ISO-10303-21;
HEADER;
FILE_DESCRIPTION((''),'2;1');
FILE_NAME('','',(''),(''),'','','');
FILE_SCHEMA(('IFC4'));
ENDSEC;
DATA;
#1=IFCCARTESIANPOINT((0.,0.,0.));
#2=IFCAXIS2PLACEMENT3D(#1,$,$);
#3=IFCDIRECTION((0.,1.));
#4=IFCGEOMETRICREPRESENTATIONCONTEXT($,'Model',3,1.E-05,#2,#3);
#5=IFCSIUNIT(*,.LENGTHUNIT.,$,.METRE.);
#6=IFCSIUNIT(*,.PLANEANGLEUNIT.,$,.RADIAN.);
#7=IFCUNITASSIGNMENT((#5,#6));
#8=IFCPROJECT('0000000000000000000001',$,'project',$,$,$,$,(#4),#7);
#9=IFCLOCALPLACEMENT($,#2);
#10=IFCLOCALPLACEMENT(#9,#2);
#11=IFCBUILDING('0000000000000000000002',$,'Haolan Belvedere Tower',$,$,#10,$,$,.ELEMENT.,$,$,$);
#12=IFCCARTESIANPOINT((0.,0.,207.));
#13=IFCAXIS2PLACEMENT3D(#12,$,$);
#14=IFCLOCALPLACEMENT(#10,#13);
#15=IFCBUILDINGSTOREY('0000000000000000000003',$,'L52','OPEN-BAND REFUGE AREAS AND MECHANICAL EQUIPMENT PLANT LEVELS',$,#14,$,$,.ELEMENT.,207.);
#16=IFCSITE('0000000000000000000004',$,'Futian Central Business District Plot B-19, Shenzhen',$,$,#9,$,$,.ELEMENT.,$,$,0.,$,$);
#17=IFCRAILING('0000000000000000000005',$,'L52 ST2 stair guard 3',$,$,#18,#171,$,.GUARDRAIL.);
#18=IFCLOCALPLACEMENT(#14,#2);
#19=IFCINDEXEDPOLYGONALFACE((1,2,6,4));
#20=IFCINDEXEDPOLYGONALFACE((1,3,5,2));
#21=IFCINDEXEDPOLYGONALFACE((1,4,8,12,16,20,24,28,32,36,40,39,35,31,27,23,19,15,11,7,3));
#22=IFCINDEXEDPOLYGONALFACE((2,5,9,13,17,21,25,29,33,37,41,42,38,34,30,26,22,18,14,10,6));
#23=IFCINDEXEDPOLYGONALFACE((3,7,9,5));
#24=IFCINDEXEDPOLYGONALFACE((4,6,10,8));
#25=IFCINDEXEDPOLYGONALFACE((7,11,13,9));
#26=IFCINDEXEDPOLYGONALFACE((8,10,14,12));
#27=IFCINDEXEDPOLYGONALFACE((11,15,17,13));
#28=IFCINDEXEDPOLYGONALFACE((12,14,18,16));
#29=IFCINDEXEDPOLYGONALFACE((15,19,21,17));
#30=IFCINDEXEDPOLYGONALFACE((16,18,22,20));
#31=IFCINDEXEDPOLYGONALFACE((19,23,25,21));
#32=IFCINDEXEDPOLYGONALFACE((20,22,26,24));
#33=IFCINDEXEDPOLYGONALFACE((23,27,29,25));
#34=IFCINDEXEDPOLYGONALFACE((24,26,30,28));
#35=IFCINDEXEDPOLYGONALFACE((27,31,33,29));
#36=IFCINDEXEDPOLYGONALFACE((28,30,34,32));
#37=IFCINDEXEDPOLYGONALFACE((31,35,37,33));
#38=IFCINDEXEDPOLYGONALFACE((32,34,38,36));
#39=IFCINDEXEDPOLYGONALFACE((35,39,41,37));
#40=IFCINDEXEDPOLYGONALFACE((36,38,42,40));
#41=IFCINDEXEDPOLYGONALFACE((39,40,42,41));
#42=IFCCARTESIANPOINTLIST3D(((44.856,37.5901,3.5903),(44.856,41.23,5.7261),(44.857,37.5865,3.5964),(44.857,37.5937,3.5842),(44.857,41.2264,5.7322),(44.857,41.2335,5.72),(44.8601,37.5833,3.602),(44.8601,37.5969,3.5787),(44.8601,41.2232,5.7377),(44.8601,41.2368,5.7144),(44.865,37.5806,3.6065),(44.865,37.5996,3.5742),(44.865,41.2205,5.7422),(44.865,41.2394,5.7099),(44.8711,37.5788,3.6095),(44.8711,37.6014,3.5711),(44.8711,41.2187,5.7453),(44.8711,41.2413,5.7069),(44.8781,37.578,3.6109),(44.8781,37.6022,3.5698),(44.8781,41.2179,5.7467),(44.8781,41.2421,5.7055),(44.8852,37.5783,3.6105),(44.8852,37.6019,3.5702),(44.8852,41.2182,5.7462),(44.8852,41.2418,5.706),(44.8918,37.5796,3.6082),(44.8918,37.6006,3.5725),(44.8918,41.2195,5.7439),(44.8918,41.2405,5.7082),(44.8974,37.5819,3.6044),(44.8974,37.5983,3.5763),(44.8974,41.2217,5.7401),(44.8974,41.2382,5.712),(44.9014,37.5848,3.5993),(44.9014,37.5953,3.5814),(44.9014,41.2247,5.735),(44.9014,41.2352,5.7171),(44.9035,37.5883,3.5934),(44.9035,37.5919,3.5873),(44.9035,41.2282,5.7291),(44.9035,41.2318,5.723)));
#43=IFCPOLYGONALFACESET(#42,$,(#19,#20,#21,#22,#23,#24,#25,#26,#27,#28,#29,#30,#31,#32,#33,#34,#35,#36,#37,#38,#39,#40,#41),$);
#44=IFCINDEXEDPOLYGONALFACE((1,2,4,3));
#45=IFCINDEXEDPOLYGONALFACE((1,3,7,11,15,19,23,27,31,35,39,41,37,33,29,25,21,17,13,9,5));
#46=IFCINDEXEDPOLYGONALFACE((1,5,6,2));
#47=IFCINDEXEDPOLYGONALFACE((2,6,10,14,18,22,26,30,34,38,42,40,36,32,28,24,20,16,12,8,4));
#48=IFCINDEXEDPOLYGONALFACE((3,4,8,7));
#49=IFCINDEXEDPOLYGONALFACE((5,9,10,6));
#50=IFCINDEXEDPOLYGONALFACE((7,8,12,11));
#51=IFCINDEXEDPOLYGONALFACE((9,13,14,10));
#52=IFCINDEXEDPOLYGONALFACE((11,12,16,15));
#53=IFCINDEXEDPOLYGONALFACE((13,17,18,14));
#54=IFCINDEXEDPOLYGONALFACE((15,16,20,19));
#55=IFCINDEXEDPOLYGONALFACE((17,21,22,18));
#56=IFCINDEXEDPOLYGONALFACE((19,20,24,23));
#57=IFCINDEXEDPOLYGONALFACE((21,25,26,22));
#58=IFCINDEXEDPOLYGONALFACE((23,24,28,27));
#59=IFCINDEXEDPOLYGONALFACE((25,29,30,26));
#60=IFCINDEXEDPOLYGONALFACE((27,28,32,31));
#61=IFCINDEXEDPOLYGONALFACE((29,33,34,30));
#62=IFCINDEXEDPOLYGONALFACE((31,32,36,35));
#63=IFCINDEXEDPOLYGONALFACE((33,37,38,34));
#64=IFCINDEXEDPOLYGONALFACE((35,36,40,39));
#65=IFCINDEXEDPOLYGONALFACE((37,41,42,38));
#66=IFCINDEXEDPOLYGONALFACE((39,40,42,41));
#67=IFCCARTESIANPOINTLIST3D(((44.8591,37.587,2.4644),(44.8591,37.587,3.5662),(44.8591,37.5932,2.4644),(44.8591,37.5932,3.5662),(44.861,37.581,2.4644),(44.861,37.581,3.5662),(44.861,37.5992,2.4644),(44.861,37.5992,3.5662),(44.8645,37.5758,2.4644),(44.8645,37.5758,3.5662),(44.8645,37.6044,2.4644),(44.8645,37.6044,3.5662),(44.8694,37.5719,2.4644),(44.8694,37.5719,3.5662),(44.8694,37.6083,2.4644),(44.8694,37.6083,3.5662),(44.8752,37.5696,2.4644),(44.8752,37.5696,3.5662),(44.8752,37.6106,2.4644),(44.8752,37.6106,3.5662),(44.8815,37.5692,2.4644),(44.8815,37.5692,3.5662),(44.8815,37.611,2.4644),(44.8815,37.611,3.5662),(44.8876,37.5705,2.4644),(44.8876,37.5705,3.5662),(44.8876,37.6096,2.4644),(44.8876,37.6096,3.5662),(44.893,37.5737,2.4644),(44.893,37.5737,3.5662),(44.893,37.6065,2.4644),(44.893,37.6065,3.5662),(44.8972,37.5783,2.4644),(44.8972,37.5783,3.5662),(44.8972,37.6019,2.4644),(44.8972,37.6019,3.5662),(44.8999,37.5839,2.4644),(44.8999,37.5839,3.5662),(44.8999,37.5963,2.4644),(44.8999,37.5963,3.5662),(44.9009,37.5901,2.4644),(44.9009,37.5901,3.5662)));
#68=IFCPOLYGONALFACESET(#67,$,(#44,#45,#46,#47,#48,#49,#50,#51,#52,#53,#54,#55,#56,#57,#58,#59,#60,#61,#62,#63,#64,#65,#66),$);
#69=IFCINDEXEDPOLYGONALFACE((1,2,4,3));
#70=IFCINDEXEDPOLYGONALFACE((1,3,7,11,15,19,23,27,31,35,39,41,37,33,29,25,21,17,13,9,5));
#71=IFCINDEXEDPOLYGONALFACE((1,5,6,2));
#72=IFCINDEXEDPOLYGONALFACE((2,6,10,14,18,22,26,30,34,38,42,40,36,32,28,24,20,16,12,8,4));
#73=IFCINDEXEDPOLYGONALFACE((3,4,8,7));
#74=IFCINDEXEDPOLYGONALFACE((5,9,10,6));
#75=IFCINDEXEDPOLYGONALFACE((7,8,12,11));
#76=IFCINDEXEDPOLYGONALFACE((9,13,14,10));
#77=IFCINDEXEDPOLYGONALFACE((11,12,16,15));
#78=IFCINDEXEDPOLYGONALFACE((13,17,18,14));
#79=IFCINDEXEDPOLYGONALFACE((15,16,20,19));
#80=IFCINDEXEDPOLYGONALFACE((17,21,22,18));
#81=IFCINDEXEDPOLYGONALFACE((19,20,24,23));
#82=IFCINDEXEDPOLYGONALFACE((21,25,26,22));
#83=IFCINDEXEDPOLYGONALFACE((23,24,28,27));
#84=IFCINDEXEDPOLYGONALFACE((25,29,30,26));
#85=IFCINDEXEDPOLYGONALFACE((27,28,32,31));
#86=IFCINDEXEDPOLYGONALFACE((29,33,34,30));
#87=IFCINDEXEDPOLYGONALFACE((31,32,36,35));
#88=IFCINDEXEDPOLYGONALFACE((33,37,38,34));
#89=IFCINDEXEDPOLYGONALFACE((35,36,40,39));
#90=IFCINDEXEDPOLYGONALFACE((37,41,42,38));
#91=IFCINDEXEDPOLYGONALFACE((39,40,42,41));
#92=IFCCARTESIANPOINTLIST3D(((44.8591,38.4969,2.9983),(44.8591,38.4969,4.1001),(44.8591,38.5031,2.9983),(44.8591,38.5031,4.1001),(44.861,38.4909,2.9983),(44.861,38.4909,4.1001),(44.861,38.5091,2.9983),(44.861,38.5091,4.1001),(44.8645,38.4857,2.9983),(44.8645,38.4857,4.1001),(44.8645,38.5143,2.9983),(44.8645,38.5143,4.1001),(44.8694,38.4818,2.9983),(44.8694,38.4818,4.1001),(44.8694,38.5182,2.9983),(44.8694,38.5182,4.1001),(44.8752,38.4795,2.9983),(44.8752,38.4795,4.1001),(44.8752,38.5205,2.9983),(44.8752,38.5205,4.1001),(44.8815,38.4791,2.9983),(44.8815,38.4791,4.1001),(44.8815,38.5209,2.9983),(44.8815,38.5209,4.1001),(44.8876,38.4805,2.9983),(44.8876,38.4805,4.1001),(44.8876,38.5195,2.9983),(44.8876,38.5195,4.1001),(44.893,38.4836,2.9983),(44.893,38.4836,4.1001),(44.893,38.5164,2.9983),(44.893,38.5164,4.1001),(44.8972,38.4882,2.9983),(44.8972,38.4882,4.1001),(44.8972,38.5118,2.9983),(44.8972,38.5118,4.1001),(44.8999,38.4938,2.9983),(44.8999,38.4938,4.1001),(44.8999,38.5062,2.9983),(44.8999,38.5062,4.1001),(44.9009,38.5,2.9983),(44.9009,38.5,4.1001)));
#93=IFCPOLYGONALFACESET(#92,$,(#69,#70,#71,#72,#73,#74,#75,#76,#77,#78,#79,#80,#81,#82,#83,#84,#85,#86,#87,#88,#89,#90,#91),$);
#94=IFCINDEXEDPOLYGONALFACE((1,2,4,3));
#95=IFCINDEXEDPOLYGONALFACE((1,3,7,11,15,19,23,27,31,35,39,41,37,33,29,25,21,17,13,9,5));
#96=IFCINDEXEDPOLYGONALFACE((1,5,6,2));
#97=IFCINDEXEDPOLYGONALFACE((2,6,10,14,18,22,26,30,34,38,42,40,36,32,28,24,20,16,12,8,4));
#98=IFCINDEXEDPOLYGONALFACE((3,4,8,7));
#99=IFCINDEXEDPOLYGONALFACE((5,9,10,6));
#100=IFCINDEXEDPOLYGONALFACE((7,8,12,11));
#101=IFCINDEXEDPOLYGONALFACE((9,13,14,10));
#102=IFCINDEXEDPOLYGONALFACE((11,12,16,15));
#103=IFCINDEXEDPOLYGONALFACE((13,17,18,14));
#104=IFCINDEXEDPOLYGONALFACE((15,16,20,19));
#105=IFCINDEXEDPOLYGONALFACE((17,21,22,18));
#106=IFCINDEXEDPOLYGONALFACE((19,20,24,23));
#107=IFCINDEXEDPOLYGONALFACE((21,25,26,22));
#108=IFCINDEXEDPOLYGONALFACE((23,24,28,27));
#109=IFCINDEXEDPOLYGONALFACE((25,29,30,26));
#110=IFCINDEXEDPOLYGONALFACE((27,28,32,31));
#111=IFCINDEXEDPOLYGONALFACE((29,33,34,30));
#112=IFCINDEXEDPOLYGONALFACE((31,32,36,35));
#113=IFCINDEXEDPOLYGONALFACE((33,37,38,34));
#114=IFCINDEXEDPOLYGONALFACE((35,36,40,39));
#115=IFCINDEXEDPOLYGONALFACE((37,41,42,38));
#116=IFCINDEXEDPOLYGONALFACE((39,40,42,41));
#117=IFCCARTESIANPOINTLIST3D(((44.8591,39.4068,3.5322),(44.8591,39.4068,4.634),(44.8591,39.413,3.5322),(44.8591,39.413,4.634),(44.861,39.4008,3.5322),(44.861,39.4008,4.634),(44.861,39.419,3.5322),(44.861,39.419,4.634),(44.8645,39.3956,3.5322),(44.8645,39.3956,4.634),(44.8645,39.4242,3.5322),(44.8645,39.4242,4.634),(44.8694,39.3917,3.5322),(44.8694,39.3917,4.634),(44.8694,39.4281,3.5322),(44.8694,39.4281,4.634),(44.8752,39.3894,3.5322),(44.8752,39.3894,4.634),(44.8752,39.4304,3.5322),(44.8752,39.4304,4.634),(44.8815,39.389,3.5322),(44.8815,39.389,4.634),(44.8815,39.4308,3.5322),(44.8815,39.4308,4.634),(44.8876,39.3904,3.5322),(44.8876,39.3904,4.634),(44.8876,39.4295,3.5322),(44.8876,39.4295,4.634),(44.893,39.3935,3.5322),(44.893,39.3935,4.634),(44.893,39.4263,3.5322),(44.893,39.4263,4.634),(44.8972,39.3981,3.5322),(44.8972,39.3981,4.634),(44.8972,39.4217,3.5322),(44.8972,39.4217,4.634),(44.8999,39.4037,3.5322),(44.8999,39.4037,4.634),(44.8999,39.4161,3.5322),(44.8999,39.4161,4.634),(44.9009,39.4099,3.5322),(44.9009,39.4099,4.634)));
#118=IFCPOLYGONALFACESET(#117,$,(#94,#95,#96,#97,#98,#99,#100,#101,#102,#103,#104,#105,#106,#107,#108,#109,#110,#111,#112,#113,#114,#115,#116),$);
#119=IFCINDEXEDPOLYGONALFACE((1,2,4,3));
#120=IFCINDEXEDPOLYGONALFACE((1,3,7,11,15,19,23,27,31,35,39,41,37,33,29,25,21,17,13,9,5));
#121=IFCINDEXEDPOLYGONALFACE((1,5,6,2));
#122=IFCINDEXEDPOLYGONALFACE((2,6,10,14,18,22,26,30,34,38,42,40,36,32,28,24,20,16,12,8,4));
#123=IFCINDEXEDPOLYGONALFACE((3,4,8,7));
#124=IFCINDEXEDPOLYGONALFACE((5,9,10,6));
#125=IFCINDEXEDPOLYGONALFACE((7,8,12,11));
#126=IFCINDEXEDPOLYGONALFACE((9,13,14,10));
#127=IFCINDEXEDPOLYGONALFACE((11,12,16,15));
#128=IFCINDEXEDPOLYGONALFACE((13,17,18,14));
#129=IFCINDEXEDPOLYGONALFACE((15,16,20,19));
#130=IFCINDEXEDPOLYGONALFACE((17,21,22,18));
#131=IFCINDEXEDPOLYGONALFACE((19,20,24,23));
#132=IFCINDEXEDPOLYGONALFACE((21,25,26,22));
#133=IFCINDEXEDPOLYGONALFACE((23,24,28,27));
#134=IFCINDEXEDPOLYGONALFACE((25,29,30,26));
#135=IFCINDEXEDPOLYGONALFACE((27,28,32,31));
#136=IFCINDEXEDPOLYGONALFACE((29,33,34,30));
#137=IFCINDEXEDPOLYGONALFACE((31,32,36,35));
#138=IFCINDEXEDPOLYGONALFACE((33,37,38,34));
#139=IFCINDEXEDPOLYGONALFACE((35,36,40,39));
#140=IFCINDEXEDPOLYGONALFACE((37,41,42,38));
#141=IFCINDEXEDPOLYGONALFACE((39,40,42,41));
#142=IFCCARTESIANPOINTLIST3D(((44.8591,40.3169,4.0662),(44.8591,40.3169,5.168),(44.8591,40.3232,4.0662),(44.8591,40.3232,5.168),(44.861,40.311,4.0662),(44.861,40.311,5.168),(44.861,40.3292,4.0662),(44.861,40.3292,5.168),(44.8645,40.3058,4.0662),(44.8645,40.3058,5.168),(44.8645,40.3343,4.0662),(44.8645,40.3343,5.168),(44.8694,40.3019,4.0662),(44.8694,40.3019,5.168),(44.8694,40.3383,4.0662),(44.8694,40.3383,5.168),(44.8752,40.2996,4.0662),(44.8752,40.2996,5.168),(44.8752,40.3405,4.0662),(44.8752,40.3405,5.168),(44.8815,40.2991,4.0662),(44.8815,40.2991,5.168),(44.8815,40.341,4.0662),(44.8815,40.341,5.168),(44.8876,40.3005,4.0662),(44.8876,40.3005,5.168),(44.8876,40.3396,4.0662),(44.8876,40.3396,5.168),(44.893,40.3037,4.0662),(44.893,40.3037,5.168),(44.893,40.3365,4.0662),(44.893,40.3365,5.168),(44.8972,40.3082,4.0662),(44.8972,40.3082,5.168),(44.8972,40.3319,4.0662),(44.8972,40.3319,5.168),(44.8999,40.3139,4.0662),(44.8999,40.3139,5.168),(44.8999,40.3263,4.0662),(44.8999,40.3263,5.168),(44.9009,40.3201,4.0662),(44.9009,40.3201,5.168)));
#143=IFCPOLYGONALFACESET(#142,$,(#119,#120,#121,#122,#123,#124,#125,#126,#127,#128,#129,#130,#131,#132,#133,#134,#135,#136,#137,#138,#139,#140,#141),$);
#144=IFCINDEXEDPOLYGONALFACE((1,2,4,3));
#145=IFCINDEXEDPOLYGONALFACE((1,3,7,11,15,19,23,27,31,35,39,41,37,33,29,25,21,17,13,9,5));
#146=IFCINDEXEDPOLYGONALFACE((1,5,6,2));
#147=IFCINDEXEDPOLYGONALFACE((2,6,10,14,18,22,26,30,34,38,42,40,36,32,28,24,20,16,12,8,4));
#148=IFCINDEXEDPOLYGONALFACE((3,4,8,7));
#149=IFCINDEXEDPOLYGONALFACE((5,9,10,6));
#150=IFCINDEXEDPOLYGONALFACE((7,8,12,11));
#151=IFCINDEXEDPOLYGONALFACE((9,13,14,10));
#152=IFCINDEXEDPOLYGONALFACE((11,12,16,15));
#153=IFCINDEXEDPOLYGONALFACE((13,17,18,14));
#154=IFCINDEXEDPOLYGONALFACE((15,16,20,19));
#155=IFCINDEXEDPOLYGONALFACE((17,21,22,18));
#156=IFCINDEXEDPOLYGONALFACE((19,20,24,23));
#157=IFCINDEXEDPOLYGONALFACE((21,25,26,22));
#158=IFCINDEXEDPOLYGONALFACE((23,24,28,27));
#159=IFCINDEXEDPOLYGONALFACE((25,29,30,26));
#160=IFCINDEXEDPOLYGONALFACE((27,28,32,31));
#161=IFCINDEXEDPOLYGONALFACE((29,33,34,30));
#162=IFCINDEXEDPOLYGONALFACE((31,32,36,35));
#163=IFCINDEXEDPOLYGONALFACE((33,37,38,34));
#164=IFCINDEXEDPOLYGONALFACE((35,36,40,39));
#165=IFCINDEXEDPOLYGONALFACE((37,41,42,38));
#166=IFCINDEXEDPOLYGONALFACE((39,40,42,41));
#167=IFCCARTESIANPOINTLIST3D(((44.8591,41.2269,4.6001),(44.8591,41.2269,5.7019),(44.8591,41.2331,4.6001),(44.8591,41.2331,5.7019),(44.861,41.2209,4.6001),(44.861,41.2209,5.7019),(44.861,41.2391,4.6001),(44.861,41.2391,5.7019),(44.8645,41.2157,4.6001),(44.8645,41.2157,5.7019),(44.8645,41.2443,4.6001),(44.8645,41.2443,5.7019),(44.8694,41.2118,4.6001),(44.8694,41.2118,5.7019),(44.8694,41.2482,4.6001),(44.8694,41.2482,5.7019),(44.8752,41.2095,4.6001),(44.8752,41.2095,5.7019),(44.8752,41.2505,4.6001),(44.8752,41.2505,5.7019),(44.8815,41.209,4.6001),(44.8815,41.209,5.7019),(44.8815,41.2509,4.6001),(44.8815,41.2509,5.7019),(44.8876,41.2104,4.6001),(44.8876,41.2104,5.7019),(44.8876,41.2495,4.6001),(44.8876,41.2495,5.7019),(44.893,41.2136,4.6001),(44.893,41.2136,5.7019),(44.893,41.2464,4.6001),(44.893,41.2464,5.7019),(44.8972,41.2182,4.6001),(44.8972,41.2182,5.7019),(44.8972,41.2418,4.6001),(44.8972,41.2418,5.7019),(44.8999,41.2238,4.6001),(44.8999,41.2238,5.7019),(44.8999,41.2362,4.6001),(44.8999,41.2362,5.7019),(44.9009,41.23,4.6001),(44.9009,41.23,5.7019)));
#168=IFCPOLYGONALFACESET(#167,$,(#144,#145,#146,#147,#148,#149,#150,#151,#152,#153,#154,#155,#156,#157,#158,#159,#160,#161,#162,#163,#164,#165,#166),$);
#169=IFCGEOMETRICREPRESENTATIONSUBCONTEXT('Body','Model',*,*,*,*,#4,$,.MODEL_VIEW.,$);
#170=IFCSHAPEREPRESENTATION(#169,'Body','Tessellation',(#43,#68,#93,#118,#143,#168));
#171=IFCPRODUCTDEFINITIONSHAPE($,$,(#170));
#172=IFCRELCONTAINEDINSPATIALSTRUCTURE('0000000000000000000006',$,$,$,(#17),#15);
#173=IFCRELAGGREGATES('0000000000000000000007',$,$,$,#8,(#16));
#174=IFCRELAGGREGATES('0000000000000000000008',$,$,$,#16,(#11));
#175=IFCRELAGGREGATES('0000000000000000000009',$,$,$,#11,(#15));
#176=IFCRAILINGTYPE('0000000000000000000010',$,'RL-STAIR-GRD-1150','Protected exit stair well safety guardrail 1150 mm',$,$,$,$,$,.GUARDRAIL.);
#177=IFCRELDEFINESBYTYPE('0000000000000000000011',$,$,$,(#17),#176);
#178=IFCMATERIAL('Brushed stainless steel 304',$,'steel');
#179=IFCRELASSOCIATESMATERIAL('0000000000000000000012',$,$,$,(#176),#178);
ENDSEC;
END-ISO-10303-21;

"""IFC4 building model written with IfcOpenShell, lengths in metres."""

from ifc_helpers import new_model, si_unit, direction, frame, origin, origin_2d, place, context, subcontext, project, spatial, circle, extrude, material, type_object, element, save


model = new_model("IFC4")

# Units and contexts
model_context = context("Model", 3, precision=1e-05, world=origin(), true_north=direction((0.0, 1.0)))
body_context = subcontext(model_context, "Body", "Model", "MODEL_VIEW")
ifc_project = project(units=[si_unit("LENGTHUNIT", "METRE"), si_unit("PLANEANGLEUNIT", "RADIAN")], contexts=[model_context])

# Site, building, storey
site_placement = place(None, origin())
site = spatial("IfcSite", under=ifc_project, at=site_placement, Name="Futian Central Business District Plot B-19, Shenzhen", CompositionType="ELEMENT", RefElevation=0.0)
building_placement = place(site_placement, origin())
building = spatial("IfcBuilding", under=site, at=building_placement, Name="Haolan Belvedere Tower", CompositionType="ELEMENT")
storey_placement = place(building_placement, frame((0.0, 0.0, 207.0)))
storey = spatial("IfcBuildingStorey", under=building, at=storey_placement, Name="L52", Description="OPEN-BAND REFUGE AREAS AND MECHANICAL EQUIPMENT PLANT LEVELS", CompositionType="ELEMENT", Elevation=207.0)

# Railing
ifc_material_1 = material(Name="Brushed stainless steel 304", Category="steel")
railing_type_1 = type_object("IfcRailingType", Name="RL-STAIR-GRD-1150", Description="Protected exit stair well safety guardrail 1150 mm", PredefinedType="GUARDRAIL", material=ifc_material_1)
railing_1_placement = place(storey_placement, frame((44.8799, 37.5901, 2.4644)))
element("IfcRailing", 1, at=railing_1_placement, inside=storey, type_object=railing_type_1, Name="L52 ST2 stair guard 3", PredefinedType="GUARDRAIL", context=body_context, shape_type="SweptSolid", body=[
    extrude(circle(Radius=0.0239, at=origin_2d()), frame((0.0, 0.0, 1.126), z_axis=(0.0, 0.86249, 0.506074), x_axis=(-1.0, 0.0, 0.0)), (0.0, 0.0, 1.0), 4.2202),
    extrude(circle(Radius=0.021, at=origin_2d()), origin(), (0.0, 0.0, 1.0), 1.1018),
    extrude(circle(Radius=0.021, at=origin_2d()), frame((0.0, 0.9099, 0.5339)), (0.0, 0.0, 1.0), 1.1018),
    extrude(circle(Radius=0.021, at=origin_2d()), frame((0.0, 1.8198, 1.0679)), (0.0, 0.0, 1.0), 1.1018),
    extrude(circle(Radius=0.021, at=origin_2d()), frame((0.0, 2.73, 1.6018)), (0.0, 0.0, 1.0), 1.1018),
    extrude(circle(Radius=0.021, at=origin_2d()), frame((0.0, 3.6399, 2.1357)), (0.0, 0.0, 1.0), 1.1018),
])

save(model, "model.ifc")
